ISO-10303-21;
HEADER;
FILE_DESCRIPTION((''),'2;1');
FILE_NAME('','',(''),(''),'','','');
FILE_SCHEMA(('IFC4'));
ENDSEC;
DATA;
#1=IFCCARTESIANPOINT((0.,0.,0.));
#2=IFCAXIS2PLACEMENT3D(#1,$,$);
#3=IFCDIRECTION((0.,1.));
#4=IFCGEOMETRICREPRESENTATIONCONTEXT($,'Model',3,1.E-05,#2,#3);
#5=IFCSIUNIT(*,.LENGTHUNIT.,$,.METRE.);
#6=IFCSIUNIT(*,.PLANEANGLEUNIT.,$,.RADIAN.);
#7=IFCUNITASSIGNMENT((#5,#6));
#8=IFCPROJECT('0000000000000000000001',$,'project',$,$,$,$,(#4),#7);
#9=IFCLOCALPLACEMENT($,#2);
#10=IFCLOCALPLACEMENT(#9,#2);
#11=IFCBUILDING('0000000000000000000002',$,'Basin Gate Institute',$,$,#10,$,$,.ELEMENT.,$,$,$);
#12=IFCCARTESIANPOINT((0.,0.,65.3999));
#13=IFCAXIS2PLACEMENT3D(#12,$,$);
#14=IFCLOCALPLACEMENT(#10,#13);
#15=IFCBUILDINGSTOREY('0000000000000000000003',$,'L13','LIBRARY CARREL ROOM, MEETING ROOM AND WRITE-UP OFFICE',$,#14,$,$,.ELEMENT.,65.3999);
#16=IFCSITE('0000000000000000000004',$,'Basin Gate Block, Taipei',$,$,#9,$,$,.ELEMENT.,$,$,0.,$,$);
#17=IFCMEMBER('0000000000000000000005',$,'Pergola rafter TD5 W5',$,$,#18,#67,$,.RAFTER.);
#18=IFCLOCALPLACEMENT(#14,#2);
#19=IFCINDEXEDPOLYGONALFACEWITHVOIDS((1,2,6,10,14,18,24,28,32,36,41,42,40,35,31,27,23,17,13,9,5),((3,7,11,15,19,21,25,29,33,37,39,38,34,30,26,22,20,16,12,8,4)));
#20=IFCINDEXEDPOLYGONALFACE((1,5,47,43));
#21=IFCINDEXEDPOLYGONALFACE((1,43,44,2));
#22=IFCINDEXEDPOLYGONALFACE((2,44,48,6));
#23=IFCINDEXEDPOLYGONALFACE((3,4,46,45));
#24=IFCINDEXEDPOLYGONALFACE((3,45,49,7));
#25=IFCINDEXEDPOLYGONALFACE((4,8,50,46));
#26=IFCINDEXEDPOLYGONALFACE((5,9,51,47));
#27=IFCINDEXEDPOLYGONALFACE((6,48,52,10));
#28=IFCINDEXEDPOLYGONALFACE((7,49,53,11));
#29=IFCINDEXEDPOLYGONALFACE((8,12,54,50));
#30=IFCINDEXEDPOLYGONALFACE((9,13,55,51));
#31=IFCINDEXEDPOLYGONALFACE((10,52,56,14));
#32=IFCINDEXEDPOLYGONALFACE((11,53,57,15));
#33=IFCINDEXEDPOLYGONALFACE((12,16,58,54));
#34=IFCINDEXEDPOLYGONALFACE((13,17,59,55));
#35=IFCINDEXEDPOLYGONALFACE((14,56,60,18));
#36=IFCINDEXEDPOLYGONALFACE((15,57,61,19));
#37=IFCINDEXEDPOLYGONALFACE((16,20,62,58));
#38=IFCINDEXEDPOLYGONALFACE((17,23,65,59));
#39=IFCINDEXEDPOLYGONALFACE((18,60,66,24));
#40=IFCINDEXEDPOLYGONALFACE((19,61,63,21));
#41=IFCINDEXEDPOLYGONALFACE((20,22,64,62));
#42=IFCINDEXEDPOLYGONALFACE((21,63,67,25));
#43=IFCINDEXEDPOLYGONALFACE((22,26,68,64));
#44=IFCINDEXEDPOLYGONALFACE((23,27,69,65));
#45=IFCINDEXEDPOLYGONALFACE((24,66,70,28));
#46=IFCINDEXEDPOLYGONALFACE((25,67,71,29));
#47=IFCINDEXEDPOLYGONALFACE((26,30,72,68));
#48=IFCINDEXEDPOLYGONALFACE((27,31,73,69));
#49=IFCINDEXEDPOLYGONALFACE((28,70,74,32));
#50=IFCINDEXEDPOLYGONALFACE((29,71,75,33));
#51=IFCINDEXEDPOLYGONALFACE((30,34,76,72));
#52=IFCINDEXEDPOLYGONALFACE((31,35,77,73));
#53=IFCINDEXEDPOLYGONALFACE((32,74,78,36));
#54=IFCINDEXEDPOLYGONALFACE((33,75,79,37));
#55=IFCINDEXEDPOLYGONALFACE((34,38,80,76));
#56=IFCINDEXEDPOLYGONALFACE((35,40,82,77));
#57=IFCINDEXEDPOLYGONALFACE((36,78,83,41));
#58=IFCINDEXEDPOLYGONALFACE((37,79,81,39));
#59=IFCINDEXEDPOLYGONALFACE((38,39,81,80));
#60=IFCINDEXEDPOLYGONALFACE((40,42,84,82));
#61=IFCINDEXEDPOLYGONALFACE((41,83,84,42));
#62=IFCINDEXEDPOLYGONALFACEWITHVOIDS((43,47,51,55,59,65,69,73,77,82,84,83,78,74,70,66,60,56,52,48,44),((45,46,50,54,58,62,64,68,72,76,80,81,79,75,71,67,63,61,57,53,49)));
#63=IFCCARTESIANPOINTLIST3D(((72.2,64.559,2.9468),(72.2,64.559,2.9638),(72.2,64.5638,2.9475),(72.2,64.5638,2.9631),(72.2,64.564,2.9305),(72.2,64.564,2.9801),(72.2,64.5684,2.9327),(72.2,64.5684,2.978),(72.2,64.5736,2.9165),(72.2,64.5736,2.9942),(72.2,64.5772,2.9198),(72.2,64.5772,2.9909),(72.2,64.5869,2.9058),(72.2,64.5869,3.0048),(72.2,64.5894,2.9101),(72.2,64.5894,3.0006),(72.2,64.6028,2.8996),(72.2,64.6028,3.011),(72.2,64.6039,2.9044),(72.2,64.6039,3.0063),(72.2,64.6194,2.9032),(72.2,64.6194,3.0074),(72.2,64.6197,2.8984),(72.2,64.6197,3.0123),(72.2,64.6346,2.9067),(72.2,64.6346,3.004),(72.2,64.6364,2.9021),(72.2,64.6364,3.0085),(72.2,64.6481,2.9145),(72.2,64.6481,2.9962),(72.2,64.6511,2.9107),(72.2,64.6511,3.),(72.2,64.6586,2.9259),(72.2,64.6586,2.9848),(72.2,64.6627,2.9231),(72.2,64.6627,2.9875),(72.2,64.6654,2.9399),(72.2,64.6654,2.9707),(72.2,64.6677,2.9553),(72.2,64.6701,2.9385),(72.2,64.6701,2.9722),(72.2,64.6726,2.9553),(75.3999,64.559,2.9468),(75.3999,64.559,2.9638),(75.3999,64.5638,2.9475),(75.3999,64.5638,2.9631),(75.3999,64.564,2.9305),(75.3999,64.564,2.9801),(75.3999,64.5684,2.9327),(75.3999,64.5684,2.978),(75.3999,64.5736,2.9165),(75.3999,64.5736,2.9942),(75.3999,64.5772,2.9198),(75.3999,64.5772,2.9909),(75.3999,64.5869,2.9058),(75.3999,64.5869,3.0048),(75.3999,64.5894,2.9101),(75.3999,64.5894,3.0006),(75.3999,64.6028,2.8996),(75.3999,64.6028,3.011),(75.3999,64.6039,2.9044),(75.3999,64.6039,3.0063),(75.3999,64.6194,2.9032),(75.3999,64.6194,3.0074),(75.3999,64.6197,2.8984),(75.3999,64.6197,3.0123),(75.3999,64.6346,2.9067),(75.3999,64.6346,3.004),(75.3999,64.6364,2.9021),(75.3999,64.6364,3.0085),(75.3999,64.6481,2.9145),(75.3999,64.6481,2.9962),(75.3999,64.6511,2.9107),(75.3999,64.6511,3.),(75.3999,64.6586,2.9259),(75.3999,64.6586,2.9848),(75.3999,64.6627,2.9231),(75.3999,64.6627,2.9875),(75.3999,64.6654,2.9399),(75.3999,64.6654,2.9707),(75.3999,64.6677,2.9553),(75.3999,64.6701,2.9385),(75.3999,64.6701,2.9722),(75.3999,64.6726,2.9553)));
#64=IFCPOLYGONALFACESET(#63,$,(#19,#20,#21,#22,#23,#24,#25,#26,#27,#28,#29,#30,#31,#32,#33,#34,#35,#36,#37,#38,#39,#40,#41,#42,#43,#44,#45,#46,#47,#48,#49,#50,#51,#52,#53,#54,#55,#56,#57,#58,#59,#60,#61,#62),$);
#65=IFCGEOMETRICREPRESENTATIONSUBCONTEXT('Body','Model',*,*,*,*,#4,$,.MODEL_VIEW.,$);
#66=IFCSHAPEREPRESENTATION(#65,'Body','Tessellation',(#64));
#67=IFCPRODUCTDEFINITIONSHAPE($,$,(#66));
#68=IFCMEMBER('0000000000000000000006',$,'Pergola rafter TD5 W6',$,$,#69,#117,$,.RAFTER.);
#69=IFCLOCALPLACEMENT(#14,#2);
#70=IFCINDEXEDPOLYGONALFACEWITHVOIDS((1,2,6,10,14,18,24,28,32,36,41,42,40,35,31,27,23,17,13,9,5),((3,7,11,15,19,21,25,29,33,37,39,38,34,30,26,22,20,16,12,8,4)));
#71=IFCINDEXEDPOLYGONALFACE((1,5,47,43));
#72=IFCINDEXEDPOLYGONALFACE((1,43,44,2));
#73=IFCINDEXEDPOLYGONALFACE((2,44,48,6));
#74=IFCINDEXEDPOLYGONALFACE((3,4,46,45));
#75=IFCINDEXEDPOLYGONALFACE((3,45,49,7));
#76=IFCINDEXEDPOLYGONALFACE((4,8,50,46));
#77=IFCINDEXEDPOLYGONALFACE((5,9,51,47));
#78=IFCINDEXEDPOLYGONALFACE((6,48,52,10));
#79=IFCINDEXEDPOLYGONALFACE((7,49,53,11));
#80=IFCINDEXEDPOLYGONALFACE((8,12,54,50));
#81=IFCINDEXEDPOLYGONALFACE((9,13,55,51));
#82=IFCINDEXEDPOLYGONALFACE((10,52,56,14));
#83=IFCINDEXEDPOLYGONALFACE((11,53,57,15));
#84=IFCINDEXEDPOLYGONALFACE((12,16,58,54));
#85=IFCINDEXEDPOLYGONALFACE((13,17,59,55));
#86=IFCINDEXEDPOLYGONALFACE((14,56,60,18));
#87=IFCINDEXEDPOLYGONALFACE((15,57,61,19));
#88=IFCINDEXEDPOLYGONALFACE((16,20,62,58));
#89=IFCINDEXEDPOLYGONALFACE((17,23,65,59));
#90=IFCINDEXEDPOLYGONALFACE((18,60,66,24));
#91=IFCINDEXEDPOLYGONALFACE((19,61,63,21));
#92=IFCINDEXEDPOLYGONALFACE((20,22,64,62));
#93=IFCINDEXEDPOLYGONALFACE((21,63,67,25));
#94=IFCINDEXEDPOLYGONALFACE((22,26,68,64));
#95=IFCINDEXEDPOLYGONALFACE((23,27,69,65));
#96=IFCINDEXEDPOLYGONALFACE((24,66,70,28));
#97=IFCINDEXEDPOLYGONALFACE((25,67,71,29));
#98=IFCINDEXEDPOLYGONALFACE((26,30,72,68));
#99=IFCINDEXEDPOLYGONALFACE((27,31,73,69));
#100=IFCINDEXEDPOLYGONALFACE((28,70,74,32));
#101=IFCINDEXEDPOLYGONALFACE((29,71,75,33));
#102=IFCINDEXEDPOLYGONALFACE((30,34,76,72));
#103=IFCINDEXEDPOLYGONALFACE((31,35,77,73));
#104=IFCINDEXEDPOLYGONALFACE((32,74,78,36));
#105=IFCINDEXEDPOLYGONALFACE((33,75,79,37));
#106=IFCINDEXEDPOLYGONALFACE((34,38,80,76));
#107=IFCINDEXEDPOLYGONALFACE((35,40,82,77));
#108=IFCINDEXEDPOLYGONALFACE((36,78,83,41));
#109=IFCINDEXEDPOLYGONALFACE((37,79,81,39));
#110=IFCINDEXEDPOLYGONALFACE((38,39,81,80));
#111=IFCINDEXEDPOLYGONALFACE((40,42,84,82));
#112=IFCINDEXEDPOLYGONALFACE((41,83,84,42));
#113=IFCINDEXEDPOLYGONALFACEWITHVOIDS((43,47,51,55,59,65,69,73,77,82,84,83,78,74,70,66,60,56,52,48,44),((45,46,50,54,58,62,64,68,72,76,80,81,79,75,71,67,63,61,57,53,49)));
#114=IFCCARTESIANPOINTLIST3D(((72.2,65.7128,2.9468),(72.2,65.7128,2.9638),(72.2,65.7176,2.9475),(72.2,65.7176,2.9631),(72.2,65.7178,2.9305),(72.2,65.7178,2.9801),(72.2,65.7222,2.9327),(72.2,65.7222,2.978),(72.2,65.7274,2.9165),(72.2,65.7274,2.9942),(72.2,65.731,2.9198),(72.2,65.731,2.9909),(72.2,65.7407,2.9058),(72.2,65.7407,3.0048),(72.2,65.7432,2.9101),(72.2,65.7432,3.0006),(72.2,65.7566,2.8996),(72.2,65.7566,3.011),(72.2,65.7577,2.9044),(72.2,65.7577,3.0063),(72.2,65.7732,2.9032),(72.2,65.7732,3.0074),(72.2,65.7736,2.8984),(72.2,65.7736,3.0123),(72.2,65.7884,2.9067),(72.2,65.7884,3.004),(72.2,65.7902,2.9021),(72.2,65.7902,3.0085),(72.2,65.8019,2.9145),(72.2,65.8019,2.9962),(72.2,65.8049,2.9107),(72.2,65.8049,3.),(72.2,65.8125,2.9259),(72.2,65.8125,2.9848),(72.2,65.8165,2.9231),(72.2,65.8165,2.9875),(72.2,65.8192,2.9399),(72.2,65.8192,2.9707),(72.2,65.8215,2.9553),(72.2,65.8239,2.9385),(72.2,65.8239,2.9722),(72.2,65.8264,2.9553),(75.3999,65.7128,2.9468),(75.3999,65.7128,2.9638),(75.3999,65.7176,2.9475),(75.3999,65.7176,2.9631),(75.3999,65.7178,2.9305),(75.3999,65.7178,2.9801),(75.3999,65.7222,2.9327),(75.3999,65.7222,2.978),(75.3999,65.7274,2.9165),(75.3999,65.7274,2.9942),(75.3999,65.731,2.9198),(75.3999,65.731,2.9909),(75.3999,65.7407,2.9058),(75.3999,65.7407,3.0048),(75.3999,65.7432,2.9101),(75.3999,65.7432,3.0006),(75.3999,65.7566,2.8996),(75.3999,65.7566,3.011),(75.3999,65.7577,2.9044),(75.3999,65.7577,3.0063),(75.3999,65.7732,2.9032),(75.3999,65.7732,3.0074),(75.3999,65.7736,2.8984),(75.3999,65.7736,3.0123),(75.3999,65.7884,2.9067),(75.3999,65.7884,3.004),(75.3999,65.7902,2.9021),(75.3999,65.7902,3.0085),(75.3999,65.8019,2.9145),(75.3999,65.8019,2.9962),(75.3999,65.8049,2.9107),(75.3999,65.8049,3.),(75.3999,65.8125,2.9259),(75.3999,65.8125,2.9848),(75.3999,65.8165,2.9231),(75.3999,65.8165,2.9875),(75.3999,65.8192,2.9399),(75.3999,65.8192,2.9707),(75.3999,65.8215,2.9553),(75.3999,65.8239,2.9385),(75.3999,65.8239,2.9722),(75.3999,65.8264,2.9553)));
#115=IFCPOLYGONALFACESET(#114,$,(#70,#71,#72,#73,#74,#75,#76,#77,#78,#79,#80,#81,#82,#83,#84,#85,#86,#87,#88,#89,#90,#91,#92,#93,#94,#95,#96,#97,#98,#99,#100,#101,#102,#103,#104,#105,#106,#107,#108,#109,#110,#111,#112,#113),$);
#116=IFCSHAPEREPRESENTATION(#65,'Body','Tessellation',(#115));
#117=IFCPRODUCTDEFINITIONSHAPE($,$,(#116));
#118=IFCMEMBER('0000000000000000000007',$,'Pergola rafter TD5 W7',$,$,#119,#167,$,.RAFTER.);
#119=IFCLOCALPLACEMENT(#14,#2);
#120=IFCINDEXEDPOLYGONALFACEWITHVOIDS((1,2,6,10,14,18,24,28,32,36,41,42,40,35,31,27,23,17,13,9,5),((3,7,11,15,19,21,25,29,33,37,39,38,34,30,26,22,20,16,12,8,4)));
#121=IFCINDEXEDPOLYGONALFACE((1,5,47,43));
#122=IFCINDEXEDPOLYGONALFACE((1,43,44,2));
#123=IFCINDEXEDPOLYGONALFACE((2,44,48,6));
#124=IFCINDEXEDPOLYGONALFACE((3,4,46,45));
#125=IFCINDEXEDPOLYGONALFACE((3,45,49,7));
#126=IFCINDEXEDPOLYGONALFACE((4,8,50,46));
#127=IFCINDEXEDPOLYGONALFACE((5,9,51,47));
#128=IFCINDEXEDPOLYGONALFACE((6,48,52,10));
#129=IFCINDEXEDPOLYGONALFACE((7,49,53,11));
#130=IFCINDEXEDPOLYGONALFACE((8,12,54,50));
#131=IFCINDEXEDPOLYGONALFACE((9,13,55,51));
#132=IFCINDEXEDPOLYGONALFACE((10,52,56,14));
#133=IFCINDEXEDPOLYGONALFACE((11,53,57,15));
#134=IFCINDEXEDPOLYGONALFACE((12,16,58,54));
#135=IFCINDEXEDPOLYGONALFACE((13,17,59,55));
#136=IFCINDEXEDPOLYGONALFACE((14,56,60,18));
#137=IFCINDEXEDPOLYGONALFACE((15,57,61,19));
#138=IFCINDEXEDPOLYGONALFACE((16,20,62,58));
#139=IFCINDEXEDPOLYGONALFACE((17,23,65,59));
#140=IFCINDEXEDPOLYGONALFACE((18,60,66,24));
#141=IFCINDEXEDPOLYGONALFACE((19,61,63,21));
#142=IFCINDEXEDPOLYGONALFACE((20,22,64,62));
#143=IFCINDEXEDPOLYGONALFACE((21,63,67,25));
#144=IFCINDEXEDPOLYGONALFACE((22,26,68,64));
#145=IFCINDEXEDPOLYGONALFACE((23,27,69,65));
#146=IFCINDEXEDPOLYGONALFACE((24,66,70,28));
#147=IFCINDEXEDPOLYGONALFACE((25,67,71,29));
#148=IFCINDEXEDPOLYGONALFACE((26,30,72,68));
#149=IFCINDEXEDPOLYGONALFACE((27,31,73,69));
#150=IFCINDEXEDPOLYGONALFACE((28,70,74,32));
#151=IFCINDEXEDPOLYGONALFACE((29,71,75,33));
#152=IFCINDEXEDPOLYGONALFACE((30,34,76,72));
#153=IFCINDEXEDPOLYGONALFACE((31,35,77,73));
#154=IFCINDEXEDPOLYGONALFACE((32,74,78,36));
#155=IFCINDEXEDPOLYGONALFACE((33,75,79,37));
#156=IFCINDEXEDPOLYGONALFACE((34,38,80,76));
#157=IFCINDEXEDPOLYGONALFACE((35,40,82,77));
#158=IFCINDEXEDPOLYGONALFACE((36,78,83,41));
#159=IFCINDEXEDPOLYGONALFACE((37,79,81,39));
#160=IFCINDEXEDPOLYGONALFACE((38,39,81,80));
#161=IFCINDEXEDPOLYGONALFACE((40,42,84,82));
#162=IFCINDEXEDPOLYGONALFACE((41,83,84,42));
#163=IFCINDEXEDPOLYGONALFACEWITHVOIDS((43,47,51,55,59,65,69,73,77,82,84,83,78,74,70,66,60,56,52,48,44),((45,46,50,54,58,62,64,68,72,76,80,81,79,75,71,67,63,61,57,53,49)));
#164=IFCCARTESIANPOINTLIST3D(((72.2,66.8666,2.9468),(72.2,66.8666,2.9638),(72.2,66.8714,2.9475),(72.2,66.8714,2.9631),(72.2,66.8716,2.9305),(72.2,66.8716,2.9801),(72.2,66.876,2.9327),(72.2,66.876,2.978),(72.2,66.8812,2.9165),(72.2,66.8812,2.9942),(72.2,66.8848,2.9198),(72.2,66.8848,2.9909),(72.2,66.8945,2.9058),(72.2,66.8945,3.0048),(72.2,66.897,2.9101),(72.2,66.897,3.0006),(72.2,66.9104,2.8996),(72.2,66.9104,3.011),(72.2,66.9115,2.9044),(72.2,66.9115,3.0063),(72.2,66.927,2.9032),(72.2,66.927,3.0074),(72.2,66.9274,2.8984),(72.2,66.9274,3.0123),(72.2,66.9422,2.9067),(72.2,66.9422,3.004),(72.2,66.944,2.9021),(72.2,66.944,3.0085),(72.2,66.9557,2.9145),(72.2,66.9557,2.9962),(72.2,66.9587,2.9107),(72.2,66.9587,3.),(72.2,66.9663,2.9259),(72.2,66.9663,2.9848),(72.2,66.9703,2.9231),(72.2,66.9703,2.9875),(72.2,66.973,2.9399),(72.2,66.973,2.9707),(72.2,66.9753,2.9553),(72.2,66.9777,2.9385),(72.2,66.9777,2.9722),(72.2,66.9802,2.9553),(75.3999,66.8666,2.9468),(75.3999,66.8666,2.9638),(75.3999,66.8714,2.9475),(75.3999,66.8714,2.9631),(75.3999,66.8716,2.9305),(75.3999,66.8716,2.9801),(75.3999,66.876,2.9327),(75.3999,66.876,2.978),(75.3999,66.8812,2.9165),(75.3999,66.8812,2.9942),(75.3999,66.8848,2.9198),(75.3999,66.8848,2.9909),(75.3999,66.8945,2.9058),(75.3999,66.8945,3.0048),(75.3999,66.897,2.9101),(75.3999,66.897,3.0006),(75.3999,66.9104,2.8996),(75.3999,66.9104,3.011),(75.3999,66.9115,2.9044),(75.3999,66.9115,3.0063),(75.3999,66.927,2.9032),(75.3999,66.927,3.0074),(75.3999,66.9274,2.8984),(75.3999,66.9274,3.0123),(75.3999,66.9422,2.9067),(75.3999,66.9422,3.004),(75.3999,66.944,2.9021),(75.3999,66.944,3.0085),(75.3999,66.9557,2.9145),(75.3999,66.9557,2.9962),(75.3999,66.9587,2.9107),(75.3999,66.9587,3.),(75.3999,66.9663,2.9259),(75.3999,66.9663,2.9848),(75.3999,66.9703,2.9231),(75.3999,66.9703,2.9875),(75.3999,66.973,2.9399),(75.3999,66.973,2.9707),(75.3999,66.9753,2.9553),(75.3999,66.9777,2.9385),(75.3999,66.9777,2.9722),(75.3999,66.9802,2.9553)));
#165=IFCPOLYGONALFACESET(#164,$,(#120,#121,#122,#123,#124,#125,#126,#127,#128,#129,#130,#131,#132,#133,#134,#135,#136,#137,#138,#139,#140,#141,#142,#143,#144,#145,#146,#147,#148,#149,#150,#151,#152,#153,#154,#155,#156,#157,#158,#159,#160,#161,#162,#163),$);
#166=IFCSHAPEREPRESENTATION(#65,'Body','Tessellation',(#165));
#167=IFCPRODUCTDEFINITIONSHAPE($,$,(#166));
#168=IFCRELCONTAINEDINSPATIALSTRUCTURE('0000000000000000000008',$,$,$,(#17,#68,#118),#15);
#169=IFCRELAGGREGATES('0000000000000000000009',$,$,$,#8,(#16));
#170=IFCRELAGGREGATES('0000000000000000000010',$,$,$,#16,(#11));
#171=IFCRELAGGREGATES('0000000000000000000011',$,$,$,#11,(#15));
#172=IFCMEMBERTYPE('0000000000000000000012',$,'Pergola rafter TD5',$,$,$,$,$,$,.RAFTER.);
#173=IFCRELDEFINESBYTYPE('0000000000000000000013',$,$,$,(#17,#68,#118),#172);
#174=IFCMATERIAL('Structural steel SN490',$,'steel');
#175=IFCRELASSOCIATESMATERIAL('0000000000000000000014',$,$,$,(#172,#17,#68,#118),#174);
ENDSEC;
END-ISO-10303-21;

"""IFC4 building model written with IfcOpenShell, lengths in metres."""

from ifc_helpers import new_model, si_unit, direction, frame, origin, origin_2d, place, context, subcontext, project, spatial, hollow_circle, extrude, material, material_profile, profile_set, type_object, element, save


model = new_model("IFC4")

# Units and contexts
model_context = context("Model", 3, precision=1e-05, world=origin(), true_north=direction((0.0, 1.0)))
body_context = subcontext(model_context, "Body", "Model", "MODEL_VIEW")
ifc_project = project(units=[si_unit("LENGTHUNIT", "METRE"), si_unit("PLANEANGLEUNIT", "RADIAN")], contexts=[model_context])

# Site, building, storey
site_placement = place(None, origin())
site = spatial("IfcSite", under=ifc_project, at=site_placement, Name="Basin Gate Block, Taipei", CompositionType="ELEMENT", RefElevation=0.0)
building_placement = place(site_placement, origin())
building = spatial("IfcBuilding", under=site, at=building_placement, Name="Basin Gate Institute", CompositionType="ELEMENT")
storey_placement = place(building_placement, frame((0.0, 0.0, 65.3999)))
storey = spatial("IfcBuildingStorey", under=building, at=storey_placement, Name="L13", Description="LIBRARY CARREL ROOM, MEETING ROOM AND WRITE-UP OFFICE", CompositionType="ELEMENT", Elevation=65.3999)

# Members
ifc_material_1 = material(Name="Structural steel SN490", Category="steel")
ifc_material_profile_1 = material_profile(ifc_material_1, hollow_circle(Radius=0.0571, WallThickness=0.0049, at=origin_2d()), Name="CHS114x5")
ifc_profile_set_1 = profile_set([ifc_material_profile_1], Name="Structural steel SN490")
member_type = type_object("IfcMemberType", Name="Pergola rafter TD5", PredefinedType="RAFTER", material=ifc_profile_set_1)
for number, where, z_axis, x_axis, name in (
    (1, (72.2, 64.6155, 2.9553), (1.0, 0.0, 0.0), (0.0, 1.0, 0.0), "Pergola rafter TD5 W5"),
    (2, (72.2, 65.7693, 2.9553), (1.0, 0.0, 0.0), (0.0, 1.0, 0.0), "Pergola rafter TD5 W6"),
    (3, (72.2, 66.9231, 2.9553), (1.0, 0.0, 0.0), (0.0, 1.0, 0.0), "Pergola rafter TD5 W7"),
):
    element("IfcMember", number, at=place(storey_placement, frame(where, z_axis=z_axis, x_axis=x_axis)), inside=storey, type_object=member_type, material=ifc_profile_set_1, Name=name, PredefinedType="RAFTER", context=body_context, shape_type="SweptSolid", body=[
        extrude(hollow_circle(Radius=0.0571, WallThickness=0.0049, at=origin_2d()), origin(), (0.0, 0.0, 1.0), 3.2),
    ])

save(model, "model.ifc")
